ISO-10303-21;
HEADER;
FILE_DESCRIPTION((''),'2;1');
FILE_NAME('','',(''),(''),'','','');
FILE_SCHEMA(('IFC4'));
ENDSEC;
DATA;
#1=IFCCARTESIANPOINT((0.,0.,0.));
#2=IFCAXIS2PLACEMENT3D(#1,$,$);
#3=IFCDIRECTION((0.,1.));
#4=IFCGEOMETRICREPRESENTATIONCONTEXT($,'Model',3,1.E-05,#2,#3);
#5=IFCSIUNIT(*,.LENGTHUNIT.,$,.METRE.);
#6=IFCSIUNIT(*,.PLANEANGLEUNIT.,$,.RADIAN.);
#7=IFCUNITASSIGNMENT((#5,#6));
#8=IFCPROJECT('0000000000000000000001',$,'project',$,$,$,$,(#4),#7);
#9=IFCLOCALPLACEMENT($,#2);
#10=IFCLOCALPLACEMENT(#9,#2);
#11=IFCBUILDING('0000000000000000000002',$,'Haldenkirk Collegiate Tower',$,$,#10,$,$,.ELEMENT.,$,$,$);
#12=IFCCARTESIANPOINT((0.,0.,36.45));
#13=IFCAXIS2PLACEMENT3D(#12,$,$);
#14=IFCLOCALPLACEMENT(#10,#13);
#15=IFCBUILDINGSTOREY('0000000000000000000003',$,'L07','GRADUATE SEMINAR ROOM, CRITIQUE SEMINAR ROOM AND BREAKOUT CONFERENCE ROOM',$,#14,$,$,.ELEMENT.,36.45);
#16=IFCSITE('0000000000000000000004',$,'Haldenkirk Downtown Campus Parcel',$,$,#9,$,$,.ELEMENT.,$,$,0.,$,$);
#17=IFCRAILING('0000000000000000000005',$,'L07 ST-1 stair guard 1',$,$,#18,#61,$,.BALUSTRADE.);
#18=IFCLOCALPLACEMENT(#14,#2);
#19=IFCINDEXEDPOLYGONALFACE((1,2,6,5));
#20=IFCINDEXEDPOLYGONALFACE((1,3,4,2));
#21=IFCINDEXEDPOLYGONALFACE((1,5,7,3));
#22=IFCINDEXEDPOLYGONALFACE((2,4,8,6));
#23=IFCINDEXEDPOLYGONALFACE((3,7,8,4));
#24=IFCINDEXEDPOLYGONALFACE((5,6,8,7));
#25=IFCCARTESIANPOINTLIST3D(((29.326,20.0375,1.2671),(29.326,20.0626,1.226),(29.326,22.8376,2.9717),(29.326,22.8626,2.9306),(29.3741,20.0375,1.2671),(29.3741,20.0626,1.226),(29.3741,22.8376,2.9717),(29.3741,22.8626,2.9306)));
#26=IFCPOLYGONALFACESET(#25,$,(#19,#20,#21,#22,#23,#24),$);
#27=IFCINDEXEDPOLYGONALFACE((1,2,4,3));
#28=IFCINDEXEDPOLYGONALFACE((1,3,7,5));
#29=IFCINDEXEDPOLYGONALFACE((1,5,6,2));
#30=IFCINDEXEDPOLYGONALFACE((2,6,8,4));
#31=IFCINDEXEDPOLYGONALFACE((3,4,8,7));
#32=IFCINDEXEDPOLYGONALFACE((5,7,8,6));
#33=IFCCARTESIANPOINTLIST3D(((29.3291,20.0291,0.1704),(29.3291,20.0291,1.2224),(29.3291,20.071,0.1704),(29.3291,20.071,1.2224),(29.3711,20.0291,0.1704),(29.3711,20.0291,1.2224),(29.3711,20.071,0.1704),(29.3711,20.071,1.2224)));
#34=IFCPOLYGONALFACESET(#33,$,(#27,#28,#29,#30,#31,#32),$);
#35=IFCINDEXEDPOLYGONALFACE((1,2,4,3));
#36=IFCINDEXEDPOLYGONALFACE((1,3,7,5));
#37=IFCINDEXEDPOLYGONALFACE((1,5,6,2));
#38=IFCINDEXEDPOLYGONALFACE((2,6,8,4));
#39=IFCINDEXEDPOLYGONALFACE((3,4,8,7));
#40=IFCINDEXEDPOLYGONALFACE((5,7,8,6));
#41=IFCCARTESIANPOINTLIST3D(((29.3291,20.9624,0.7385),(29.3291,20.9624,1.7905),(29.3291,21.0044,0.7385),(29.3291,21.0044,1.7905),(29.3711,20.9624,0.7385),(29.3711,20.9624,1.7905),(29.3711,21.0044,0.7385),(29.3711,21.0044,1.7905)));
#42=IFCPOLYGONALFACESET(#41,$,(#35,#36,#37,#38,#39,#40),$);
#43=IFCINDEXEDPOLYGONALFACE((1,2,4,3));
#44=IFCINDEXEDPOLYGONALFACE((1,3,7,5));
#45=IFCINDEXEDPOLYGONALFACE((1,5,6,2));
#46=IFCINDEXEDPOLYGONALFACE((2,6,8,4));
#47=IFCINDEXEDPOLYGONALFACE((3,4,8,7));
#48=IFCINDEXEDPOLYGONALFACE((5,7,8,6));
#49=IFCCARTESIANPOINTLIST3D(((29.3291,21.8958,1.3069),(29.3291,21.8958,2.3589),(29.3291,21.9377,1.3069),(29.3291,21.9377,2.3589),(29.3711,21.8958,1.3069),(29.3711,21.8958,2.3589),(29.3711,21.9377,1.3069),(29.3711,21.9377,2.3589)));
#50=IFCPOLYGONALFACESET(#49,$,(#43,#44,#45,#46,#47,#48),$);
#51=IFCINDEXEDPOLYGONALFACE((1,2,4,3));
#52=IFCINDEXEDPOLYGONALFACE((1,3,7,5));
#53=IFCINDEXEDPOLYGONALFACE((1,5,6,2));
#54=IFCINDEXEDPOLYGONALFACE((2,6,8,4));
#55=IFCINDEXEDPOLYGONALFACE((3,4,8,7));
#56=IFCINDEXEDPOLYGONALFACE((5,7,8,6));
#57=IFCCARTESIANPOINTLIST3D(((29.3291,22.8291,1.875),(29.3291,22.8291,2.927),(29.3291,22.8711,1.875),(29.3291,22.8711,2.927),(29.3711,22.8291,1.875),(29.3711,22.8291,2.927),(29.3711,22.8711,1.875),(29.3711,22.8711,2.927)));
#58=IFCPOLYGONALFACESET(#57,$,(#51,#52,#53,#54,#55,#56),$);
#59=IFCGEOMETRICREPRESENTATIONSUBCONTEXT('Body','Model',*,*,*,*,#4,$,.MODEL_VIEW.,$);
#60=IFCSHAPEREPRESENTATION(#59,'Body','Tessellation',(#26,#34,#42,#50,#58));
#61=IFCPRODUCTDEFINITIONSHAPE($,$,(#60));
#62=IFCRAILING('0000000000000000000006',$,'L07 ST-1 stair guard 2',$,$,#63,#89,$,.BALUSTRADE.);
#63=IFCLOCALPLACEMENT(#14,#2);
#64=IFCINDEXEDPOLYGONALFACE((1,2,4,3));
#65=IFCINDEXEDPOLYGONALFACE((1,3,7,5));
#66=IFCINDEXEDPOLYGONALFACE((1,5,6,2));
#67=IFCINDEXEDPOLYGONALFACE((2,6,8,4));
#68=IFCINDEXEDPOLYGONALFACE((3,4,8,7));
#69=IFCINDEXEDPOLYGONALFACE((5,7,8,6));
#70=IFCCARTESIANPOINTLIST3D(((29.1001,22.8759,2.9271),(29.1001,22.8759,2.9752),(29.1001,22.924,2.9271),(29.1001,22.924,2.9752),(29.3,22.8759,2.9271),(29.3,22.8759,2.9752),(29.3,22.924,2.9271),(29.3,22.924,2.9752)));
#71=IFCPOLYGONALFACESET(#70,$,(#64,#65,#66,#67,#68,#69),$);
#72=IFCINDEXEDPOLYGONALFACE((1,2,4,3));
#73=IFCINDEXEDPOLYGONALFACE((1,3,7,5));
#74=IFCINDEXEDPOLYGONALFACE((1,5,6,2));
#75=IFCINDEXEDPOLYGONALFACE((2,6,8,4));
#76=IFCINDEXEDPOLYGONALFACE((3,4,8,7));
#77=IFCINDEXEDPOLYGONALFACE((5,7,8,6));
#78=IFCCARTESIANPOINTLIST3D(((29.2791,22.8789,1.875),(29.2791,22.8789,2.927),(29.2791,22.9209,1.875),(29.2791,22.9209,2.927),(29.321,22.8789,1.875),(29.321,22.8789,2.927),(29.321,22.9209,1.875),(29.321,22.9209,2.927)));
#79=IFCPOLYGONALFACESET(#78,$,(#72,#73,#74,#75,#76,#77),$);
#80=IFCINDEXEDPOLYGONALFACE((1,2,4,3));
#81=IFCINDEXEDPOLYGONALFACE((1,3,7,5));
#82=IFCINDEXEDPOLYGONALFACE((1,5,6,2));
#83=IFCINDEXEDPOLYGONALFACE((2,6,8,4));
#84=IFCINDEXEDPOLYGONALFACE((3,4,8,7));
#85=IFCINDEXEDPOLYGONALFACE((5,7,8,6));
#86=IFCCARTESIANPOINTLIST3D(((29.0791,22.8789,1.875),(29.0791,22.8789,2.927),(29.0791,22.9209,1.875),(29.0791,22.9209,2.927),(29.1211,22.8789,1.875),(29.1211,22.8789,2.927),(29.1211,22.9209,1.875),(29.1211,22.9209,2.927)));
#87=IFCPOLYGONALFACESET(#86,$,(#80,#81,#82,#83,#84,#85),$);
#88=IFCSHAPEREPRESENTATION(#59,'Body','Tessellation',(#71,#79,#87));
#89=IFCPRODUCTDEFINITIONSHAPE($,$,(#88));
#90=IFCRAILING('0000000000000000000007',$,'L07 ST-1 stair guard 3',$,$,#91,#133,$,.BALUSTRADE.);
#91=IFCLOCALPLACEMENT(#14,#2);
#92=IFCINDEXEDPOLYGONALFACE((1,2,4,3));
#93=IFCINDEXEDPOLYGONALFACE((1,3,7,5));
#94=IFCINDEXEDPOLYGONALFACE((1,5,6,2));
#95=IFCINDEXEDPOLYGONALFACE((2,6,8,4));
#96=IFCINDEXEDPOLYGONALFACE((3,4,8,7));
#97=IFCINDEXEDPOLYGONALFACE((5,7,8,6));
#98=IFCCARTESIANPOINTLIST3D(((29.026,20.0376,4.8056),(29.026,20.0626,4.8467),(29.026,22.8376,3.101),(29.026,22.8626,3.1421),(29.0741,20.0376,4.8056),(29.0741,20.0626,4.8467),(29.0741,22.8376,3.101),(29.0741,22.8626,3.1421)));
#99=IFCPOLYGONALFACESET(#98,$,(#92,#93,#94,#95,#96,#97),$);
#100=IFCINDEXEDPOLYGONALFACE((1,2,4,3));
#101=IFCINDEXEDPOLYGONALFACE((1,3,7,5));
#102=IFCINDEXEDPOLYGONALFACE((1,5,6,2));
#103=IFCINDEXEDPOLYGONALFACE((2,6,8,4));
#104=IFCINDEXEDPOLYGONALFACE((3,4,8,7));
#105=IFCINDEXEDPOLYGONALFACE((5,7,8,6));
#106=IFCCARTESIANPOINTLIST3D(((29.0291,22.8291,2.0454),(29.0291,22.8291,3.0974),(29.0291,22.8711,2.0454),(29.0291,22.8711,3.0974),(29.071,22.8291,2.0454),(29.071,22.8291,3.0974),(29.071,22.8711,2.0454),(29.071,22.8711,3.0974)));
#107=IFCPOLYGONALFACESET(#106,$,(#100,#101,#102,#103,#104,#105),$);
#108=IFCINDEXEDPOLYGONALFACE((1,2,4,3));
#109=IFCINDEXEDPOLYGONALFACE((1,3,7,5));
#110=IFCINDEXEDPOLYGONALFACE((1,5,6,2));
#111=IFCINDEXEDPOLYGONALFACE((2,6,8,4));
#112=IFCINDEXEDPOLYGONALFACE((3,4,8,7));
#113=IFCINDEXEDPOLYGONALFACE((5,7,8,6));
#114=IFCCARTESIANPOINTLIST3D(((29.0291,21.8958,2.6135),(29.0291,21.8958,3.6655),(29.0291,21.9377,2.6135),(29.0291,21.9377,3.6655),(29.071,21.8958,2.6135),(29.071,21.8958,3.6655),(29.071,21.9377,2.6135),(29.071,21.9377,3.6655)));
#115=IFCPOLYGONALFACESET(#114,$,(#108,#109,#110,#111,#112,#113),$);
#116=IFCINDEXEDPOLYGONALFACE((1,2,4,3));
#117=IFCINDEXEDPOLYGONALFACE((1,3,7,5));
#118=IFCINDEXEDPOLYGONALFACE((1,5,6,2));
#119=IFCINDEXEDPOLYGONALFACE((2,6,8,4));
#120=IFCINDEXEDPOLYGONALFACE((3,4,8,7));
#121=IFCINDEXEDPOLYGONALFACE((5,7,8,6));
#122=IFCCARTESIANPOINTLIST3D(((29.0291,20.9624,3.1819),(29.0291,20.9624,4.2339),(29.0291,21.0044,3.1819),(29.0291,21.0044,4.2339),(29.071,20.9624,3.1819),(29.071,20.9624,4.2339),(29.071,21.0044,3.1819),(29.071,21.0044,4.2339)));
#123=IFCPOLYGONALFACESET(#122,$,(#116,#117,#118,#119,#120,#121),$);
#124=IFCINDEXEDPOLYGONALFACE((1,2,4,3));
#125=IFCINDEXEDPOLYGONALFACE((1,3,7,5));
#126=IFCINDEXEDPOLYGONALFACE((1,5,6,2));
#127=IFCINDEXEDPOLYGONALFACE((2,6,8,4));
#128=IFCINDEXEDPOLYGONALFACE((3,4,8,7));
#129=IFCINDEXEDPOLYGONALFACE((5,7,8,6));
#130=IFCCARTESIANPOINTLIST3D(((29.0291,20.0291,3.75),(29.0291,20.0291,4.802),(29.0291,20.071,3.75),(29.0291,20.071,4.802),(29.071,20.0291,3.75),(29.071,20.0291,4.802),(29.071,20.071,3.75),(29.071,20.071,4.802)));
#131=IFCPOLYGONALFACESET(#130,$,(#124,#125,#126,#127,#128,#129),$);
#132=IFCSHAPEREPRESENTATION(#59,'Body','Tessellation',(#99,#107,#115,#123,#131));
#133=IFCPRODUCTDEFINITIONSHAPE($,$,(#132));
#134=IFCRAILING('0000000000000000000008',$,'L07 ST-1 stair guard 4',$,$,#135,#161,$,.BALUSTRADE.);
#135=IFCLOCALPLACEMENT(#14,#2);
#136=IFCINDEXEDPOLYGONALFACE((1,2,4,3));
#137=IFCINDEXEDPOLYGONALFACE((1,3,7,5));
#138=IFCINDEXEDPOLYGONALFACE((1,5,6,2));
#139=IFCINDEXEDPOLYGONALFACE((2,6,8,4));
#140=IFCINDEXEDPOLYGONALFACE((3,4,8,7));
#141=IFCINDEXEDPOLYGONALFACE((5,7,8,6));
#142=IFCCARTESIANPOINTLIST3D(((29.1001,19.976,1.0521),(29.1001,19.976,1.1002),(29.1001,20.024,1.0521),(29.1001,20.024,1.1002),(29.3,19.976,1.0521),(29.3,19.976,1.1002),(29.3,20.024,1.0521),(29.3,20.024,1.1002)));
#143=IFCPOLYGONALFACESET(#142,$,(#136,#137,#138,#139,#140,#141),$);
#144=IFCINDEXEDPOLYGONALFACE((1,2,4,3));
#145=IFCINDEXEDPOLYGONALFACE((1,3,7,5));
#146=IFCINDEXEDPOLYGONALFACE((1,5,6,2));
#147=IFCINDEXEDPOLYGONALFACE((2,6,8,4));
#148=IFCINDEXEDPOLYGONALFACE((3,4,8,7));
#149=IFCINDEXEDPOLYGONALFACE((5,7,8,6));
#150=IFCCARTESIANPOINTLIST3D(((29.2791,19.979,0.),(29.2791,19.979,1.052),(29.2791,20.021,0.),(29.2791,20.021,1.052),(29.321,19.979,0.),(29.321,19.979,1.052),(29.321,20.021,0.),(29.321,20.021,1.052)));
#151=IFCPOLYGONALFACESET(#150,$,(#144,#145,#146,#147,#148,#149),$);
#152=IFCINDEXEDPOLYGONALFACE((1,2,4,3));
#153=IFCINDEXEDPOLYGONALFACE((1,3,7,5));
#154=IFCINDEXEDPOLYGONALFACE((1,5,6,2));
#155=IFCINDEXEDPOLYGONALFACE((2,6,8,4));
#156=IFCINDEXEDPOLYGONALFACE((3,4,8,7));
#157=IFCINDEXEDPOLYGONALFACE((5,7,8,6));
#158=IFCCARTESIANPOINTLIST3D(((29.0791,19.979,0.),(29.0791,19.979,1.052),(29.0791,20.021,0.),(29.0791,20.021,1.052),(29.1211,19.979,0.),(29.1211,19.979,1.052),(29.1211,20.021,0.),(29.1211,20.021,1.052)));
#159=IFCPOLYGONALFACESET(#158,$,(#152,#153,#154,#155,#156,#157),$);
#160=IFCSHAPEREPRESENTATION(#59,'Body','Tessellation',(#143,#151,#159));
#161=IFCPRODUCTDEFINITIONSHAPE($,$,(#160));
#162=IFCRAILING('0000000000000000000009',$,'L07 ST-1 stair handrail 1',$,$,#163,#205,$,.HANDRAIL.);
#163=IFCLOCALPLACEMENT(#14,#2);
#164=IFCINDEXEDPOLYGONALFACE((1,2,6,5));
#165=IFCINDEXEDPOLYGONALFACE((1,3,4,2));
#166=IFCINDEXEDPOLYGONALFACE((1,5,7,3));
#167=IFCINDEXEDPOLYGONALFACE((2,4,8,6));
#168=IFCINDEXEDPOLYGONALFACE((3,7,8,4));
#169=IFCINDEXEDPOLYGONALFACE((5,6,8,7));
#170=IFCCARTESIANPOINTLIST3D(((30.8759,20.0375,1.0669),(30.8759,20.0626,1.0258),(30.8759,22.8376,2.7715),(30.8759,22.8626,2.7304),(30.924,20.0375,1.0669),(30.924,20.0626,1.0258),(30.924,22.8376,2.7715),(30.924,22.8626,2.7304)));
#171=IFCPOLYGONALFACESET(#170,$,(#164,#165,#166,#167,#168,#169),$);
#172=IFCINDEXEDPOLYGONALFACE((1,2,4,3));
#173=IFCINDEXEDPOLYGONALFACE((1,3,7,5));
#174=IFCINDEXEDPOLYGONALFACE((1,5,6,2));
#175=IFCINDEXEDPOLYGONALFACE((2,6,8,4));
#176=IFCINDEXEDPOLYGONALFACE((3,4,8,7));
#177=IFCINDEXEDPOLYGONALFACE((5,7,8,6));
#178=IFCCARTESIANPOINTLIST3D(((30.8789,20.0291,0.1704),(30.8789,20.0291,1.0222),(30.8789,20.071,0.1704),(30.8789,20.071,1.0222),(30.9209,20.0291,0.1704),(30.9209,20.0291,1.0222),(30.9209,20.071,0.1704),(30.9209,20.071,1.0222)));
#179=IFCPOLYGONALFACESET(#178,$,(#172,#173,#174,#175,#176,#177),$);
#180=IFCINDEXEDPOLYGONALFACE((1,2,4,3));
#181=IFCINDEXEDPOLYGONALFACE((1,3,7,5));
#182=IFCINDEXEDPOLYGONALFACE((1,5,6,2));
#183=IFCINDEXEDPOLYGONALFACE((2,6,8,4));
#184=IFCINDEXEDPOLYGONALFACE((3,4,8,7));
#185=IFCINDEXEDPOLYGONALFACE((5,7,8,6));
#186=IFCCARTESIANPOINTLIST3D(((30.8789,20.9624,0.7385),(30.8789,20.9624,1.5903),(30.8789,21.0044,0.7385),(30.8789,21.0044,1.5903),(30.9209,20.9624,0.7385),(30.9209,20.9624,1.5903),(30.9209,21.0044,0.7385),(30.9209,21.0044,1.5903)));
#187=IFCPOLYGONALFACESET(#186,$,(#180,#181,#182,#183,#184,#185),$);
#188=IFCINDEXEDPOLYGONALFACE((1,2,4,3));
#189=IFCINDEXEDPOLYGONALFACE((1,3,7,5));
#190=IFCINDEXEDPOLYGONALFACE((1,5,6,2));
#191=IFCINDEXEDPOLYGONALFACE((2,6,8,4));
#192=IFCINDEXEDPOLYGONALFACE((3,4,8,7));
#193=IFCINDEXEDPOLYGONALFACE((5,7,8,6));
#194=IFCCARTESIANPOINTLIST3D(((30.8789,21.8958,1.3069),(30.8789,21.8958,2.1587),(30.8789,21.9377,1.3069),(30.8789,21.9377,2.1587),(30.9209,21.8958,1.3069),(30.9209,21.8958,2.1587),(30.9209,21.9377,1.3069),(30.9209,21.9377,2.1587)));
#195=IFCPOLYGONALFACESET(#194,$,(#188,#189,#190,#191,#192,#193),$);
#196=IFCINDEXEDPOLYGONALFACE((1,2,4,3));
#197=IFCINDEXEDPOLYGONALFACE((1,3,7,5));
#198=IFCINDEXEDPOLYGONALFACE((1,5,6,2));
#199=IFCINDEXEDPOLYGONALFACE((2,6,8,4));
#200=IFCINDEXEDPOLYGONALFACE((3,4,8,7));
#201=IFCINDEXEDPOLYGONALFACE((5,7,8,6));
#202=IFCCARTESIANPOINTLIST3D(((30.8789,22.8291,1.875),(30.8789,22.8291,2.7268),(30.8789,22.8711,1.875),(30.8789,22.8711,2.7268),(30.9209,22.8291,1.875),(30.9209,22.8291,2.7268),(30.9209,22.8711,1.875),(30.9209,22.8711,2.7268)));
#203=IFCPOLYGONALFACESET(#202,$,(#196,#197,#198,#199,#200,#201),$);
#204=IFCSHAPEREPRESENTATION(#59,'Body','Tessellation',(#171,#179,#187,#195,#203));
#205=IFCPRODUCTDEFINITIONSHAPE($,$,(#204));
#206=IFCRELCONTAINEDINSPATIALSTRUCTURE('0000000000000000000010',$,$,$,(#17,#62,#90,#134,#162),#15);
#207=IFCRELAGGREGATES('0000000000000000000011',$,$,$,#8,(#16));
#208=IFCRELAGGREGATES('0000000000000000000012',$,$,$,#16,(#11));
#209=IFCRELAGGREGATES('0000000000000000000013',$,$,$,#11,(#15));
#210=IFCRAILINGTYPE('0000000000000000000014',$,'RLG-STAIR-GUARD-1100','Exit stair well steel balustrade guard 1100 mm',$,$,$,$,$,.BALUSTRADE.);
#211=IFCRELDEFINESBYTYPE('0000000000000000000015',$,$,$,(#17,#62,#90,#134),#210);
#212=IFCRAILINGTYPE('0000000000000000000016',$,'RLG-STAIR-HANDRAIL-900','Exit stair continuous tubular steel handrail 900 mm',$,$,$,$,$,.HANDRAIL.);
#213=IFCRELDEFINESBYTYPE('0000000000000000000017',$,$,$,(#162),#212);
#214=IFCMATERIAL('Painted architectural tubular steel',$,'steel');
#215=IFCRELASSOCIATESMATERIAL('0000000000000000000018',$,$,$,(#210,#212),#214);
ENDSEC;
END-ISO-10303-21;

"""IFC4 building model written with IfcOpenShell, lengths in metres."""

from ifc_helpers import new_model, si_unit, direction, frame, origin, origin_2d, place, context, subcontext, project, spatial, rectangle, extrude, material, type_object, element, save


model = new_model("IFC4")

# Units and contexts
model_context = context("Model", 3, precision=1e-05, world=origin(), true_north=direction((0.0, 1.0)))
body_context = subcontext(model_context, "Body", "Model", "MODEL_VIEW")
ifc_project = project(units=[si_unit("LENGTHUNIT", "METRE"), si_unit("PLANEANGLEUNIT", "RADIAN")], contexts=[model_context])

# Site, building, storey
site_placement = place(None, origin())
site = spatial("IfcSite", under=ifc_project, at=site_placement, Name="Haldenkirk Downtown Campus Parcel", CompositionType="ELEMENT", RefElevation=0.0)
building_placement = place(site_placement, origin())
building = spatial("IfcBuilding", under=site, at=building_placement, Name="Haldenkirk Collegiate Tower", CompositionType="ELEMENT")
storey_placement = place(building_placement, frame((0.0, 0.0, 36.45)))
storey = spatial("IfcBuildingStorey", under=building, at=storey_placement, Name="L07", Description="GRADUATE SEMINAR ROOM, CRITIQUE SEMINAR ROOM AND BREAKOUT CONFERENCE ROOM", CompositionType="ELEMENT", Elevation=36.45)

# Railings
ifc_material_1 = material(Name="Painted architectural tubular steel", Category="steel")
railing_type_1 = type_object("IfcRailingType", Name="RLG-STAIR-GUARD-1100", Description="Exit stair well steel balustrade guard 1100 mm", PredefinedType="BALUSTRADE", material=ifc_material_1)
railing_1_placement = place(storey_placement, frame((29.3501, 20.05, 0.1704)))
element("IfcRailing", 1, at=railing_1_placement, inside=storey, type_object=railing_type_1, Name="L07 ST-1 stair guard 1", PredefinedType="BALUSTRADE", context=body_context, shape_type="SweptSolid", body=[
    extrude(rectangle(XDim=0.0481, YDim=0.0481, at=origin_2d()), frame((0.0, 0.0, 1.0762), z_axis=(0.0, 0.85417, 0.519994), x_axis=(-1.0, 0.0, 0.0)), (0.0, 0.0, 1.0), 3.2781),
    extrude(rectangle(XDim=0.042, YDim=0.042, at=origin_2d()), origin(), (0.0, 0.0, 1.0), 1.052),
    extrude(rectangle(XDim=0.042, YDim=0.042, at=origin_2d()), frame((0.0, 0.9333, 0.5681)), (0.0, 0.0, 1.0), 1.052),
    extrude(rectangle(XDim=0.042, YDim=0.042, at=origin_2d()), frame((0.0, 1.8667, 1.1365)), (0.0, 0.0, 1.0), 1.052),
    extrude(rectangle(XDim=0.042, YDim=0.042, at=origin_2d()), frame((0.0, 2.8, 1.7046)), (0.0, 0.0, 1.0), 1.052),
])
railing_2_placement = place(storey_placement, frame((29.3, 22.8999, 1.875)))
element("IfcRailing", 2, at=railing_2_placement, inside=storey, type_object=railing_type_1, Name="L07 ST-1 stair guard 2", PredefinedType="BALUSTRADE", context=body_context, shape_type="SweptSolid", body=[
    extrude(rectangle(XDim=0.0481, YDim=0.0481, at=origin_2d()), frame((0.0, 0.0, 1.0762), z_axis=(-1.0, 0.0, 0.0), x_axis=(0.0, -1.0, 0.0)), (0.0, 0.0, 1.0), 0.2),
    extrude(rectangle(XDim=0.042, YDim=0.042, at=origin_2d()), origin(), (0.0, 0.0, 1.0), 1.052),
    extrude(rectangle(XDim=0.042, YDim=0.042, at=origin_2d()), frame((-0.2, 0.0, 0.0)), (0.0, 0.0, 1.0), 1.052),
])
railing_3_placement = place(storey_placement, frame((29.05, 22.8501, 2.0454)))
element("IfcRailing", 3, at=railing_3_placement, inside=storey, type_object=railing_type_1, Name="L07 ST-1 stair guard 3", PredefinedType="BALUSTRADE", context=body_context, shape_type="SweptSolid", body=[
    extrude(rectangle(XDim=0.0481, YDim=0.0481, at=origin_2d()), frame((0.0, 0.0, 1.0762), z_axis=(0.0, -0.85417, 0.519994), x_axis=(1.0, 0.0, 0.0)), (0.0, 0.0, 1.0), 3.2781),
    extrude(rectangle(XDim=0.042, YDim=0.042, at=origin_2d()), origin(), (0.0, 0.0, 1.0), 1.052),
    extrude(rectangle(XDim=0.042, YDim=0.042, at=origin_2d()), frame((0.0, -0.9333, 0.5681)), (0.0, 0.0, 1.0), 1.052),
    extrude(rectangle(XDim=0.042, YDim=0.042, at=origin_2d()), frame((0.0, -1.8667, 1.1365)), (0.0, 0.0, 1.0), 1.052),
    extrude(rectangle(XDim=0.042, YDim=0.042, at=origin_2d()), frame((0.0, -2.8, 1.7046)), (0.0, 0.0, 1.0), 1.052),
])
railing_4_placement = place(storey_placement, frame((29.3, 20.0, 0.0)))
element("IfcRailing", 4, at=railing_4_placement, inside=storey, type_object=railing_type_1, Name="L07 ST-1 stair guard 4", PredefinedType="BALUSTRADE", context=body_context, shape_type="SweptSolid", body=[
    extrude(rectangle(XDim=0.0481, YDim=0.0481, at=origin_2d()), frame((0.0, 0.0, 1.0762), z_axis=(-1.0, 0.0, 0.0), x_axis=(0.0, -1.0, 0.0)), (0.0, 0.0, 1.0), 0.2),
    extrude(rectangle(XDim=0.042, YDim=0.042, at=origin_2d()), origin(), (0.0, 0.0, 1.0), 1.052),
    extrude(rectangle(XDim=0.042, YDim=0.042, at=origin_2d()), frame((-0.2, 0.0, 0.0)), (0.0, 0.0, 1.0), 1.052),
])
railing_type_2 = type_object("IfcRailingType", Name="RLG-STAIR-HANDRAIL-900", Description="Exit stair continuous tubular steel handrail 900 mm", PredefinedType="HANDRAIL", material=ifc_material_1)
railing_5_placement = place(storey_placement, frame((30.8999, 20.05, 0.1704)))
element("IfcRailing", 5, at=railing_5_placement, inside=storey, type_object=railing_type_2, Name="L07 ST-1 stair handrail 1", PredefinedType="HANDRAIL", context=body_context, shape_type="SweptSolid", body=[
    extrude(rectangle(XDim=0.0481, YDim=0.0481, at=origin_2d()), frame((0.0, 0.0, 0.876), z_axis=(0.0, 0.85417, 0.519994), x_axis=(-1.0, 0.0, 0.0)), (0.0, 0.0, 1.0), 3.2781),
    extrude(rectangle(XDim=0.042, YDim=0.042, at=origin_2d()), origin(), (0.0, 0.0, 1.0), 0.8518),
    extrude(rectangle(XDim=0.042, YDim=0.042, at=origin_2d()), frame((0.0, 0.9333, 0.5681)), (0.0, 0.0, 1.0), 0.8518),
    extrude(rectangle(XDim=0.042, YDim=0.042, at=origin_2d()), frame((0.0, 1.8667, 1.1365)), (0.0, 0.0, 1.0), 0.8518),
    extrude(rectangle(XDim=0.042, YDim=0.042, at=origin_2d()), frame((0.0, 2.8, 1.7046)), (0.0, 0.0, 1.0), 0.8518),
])

save(model, "model.ifc")
